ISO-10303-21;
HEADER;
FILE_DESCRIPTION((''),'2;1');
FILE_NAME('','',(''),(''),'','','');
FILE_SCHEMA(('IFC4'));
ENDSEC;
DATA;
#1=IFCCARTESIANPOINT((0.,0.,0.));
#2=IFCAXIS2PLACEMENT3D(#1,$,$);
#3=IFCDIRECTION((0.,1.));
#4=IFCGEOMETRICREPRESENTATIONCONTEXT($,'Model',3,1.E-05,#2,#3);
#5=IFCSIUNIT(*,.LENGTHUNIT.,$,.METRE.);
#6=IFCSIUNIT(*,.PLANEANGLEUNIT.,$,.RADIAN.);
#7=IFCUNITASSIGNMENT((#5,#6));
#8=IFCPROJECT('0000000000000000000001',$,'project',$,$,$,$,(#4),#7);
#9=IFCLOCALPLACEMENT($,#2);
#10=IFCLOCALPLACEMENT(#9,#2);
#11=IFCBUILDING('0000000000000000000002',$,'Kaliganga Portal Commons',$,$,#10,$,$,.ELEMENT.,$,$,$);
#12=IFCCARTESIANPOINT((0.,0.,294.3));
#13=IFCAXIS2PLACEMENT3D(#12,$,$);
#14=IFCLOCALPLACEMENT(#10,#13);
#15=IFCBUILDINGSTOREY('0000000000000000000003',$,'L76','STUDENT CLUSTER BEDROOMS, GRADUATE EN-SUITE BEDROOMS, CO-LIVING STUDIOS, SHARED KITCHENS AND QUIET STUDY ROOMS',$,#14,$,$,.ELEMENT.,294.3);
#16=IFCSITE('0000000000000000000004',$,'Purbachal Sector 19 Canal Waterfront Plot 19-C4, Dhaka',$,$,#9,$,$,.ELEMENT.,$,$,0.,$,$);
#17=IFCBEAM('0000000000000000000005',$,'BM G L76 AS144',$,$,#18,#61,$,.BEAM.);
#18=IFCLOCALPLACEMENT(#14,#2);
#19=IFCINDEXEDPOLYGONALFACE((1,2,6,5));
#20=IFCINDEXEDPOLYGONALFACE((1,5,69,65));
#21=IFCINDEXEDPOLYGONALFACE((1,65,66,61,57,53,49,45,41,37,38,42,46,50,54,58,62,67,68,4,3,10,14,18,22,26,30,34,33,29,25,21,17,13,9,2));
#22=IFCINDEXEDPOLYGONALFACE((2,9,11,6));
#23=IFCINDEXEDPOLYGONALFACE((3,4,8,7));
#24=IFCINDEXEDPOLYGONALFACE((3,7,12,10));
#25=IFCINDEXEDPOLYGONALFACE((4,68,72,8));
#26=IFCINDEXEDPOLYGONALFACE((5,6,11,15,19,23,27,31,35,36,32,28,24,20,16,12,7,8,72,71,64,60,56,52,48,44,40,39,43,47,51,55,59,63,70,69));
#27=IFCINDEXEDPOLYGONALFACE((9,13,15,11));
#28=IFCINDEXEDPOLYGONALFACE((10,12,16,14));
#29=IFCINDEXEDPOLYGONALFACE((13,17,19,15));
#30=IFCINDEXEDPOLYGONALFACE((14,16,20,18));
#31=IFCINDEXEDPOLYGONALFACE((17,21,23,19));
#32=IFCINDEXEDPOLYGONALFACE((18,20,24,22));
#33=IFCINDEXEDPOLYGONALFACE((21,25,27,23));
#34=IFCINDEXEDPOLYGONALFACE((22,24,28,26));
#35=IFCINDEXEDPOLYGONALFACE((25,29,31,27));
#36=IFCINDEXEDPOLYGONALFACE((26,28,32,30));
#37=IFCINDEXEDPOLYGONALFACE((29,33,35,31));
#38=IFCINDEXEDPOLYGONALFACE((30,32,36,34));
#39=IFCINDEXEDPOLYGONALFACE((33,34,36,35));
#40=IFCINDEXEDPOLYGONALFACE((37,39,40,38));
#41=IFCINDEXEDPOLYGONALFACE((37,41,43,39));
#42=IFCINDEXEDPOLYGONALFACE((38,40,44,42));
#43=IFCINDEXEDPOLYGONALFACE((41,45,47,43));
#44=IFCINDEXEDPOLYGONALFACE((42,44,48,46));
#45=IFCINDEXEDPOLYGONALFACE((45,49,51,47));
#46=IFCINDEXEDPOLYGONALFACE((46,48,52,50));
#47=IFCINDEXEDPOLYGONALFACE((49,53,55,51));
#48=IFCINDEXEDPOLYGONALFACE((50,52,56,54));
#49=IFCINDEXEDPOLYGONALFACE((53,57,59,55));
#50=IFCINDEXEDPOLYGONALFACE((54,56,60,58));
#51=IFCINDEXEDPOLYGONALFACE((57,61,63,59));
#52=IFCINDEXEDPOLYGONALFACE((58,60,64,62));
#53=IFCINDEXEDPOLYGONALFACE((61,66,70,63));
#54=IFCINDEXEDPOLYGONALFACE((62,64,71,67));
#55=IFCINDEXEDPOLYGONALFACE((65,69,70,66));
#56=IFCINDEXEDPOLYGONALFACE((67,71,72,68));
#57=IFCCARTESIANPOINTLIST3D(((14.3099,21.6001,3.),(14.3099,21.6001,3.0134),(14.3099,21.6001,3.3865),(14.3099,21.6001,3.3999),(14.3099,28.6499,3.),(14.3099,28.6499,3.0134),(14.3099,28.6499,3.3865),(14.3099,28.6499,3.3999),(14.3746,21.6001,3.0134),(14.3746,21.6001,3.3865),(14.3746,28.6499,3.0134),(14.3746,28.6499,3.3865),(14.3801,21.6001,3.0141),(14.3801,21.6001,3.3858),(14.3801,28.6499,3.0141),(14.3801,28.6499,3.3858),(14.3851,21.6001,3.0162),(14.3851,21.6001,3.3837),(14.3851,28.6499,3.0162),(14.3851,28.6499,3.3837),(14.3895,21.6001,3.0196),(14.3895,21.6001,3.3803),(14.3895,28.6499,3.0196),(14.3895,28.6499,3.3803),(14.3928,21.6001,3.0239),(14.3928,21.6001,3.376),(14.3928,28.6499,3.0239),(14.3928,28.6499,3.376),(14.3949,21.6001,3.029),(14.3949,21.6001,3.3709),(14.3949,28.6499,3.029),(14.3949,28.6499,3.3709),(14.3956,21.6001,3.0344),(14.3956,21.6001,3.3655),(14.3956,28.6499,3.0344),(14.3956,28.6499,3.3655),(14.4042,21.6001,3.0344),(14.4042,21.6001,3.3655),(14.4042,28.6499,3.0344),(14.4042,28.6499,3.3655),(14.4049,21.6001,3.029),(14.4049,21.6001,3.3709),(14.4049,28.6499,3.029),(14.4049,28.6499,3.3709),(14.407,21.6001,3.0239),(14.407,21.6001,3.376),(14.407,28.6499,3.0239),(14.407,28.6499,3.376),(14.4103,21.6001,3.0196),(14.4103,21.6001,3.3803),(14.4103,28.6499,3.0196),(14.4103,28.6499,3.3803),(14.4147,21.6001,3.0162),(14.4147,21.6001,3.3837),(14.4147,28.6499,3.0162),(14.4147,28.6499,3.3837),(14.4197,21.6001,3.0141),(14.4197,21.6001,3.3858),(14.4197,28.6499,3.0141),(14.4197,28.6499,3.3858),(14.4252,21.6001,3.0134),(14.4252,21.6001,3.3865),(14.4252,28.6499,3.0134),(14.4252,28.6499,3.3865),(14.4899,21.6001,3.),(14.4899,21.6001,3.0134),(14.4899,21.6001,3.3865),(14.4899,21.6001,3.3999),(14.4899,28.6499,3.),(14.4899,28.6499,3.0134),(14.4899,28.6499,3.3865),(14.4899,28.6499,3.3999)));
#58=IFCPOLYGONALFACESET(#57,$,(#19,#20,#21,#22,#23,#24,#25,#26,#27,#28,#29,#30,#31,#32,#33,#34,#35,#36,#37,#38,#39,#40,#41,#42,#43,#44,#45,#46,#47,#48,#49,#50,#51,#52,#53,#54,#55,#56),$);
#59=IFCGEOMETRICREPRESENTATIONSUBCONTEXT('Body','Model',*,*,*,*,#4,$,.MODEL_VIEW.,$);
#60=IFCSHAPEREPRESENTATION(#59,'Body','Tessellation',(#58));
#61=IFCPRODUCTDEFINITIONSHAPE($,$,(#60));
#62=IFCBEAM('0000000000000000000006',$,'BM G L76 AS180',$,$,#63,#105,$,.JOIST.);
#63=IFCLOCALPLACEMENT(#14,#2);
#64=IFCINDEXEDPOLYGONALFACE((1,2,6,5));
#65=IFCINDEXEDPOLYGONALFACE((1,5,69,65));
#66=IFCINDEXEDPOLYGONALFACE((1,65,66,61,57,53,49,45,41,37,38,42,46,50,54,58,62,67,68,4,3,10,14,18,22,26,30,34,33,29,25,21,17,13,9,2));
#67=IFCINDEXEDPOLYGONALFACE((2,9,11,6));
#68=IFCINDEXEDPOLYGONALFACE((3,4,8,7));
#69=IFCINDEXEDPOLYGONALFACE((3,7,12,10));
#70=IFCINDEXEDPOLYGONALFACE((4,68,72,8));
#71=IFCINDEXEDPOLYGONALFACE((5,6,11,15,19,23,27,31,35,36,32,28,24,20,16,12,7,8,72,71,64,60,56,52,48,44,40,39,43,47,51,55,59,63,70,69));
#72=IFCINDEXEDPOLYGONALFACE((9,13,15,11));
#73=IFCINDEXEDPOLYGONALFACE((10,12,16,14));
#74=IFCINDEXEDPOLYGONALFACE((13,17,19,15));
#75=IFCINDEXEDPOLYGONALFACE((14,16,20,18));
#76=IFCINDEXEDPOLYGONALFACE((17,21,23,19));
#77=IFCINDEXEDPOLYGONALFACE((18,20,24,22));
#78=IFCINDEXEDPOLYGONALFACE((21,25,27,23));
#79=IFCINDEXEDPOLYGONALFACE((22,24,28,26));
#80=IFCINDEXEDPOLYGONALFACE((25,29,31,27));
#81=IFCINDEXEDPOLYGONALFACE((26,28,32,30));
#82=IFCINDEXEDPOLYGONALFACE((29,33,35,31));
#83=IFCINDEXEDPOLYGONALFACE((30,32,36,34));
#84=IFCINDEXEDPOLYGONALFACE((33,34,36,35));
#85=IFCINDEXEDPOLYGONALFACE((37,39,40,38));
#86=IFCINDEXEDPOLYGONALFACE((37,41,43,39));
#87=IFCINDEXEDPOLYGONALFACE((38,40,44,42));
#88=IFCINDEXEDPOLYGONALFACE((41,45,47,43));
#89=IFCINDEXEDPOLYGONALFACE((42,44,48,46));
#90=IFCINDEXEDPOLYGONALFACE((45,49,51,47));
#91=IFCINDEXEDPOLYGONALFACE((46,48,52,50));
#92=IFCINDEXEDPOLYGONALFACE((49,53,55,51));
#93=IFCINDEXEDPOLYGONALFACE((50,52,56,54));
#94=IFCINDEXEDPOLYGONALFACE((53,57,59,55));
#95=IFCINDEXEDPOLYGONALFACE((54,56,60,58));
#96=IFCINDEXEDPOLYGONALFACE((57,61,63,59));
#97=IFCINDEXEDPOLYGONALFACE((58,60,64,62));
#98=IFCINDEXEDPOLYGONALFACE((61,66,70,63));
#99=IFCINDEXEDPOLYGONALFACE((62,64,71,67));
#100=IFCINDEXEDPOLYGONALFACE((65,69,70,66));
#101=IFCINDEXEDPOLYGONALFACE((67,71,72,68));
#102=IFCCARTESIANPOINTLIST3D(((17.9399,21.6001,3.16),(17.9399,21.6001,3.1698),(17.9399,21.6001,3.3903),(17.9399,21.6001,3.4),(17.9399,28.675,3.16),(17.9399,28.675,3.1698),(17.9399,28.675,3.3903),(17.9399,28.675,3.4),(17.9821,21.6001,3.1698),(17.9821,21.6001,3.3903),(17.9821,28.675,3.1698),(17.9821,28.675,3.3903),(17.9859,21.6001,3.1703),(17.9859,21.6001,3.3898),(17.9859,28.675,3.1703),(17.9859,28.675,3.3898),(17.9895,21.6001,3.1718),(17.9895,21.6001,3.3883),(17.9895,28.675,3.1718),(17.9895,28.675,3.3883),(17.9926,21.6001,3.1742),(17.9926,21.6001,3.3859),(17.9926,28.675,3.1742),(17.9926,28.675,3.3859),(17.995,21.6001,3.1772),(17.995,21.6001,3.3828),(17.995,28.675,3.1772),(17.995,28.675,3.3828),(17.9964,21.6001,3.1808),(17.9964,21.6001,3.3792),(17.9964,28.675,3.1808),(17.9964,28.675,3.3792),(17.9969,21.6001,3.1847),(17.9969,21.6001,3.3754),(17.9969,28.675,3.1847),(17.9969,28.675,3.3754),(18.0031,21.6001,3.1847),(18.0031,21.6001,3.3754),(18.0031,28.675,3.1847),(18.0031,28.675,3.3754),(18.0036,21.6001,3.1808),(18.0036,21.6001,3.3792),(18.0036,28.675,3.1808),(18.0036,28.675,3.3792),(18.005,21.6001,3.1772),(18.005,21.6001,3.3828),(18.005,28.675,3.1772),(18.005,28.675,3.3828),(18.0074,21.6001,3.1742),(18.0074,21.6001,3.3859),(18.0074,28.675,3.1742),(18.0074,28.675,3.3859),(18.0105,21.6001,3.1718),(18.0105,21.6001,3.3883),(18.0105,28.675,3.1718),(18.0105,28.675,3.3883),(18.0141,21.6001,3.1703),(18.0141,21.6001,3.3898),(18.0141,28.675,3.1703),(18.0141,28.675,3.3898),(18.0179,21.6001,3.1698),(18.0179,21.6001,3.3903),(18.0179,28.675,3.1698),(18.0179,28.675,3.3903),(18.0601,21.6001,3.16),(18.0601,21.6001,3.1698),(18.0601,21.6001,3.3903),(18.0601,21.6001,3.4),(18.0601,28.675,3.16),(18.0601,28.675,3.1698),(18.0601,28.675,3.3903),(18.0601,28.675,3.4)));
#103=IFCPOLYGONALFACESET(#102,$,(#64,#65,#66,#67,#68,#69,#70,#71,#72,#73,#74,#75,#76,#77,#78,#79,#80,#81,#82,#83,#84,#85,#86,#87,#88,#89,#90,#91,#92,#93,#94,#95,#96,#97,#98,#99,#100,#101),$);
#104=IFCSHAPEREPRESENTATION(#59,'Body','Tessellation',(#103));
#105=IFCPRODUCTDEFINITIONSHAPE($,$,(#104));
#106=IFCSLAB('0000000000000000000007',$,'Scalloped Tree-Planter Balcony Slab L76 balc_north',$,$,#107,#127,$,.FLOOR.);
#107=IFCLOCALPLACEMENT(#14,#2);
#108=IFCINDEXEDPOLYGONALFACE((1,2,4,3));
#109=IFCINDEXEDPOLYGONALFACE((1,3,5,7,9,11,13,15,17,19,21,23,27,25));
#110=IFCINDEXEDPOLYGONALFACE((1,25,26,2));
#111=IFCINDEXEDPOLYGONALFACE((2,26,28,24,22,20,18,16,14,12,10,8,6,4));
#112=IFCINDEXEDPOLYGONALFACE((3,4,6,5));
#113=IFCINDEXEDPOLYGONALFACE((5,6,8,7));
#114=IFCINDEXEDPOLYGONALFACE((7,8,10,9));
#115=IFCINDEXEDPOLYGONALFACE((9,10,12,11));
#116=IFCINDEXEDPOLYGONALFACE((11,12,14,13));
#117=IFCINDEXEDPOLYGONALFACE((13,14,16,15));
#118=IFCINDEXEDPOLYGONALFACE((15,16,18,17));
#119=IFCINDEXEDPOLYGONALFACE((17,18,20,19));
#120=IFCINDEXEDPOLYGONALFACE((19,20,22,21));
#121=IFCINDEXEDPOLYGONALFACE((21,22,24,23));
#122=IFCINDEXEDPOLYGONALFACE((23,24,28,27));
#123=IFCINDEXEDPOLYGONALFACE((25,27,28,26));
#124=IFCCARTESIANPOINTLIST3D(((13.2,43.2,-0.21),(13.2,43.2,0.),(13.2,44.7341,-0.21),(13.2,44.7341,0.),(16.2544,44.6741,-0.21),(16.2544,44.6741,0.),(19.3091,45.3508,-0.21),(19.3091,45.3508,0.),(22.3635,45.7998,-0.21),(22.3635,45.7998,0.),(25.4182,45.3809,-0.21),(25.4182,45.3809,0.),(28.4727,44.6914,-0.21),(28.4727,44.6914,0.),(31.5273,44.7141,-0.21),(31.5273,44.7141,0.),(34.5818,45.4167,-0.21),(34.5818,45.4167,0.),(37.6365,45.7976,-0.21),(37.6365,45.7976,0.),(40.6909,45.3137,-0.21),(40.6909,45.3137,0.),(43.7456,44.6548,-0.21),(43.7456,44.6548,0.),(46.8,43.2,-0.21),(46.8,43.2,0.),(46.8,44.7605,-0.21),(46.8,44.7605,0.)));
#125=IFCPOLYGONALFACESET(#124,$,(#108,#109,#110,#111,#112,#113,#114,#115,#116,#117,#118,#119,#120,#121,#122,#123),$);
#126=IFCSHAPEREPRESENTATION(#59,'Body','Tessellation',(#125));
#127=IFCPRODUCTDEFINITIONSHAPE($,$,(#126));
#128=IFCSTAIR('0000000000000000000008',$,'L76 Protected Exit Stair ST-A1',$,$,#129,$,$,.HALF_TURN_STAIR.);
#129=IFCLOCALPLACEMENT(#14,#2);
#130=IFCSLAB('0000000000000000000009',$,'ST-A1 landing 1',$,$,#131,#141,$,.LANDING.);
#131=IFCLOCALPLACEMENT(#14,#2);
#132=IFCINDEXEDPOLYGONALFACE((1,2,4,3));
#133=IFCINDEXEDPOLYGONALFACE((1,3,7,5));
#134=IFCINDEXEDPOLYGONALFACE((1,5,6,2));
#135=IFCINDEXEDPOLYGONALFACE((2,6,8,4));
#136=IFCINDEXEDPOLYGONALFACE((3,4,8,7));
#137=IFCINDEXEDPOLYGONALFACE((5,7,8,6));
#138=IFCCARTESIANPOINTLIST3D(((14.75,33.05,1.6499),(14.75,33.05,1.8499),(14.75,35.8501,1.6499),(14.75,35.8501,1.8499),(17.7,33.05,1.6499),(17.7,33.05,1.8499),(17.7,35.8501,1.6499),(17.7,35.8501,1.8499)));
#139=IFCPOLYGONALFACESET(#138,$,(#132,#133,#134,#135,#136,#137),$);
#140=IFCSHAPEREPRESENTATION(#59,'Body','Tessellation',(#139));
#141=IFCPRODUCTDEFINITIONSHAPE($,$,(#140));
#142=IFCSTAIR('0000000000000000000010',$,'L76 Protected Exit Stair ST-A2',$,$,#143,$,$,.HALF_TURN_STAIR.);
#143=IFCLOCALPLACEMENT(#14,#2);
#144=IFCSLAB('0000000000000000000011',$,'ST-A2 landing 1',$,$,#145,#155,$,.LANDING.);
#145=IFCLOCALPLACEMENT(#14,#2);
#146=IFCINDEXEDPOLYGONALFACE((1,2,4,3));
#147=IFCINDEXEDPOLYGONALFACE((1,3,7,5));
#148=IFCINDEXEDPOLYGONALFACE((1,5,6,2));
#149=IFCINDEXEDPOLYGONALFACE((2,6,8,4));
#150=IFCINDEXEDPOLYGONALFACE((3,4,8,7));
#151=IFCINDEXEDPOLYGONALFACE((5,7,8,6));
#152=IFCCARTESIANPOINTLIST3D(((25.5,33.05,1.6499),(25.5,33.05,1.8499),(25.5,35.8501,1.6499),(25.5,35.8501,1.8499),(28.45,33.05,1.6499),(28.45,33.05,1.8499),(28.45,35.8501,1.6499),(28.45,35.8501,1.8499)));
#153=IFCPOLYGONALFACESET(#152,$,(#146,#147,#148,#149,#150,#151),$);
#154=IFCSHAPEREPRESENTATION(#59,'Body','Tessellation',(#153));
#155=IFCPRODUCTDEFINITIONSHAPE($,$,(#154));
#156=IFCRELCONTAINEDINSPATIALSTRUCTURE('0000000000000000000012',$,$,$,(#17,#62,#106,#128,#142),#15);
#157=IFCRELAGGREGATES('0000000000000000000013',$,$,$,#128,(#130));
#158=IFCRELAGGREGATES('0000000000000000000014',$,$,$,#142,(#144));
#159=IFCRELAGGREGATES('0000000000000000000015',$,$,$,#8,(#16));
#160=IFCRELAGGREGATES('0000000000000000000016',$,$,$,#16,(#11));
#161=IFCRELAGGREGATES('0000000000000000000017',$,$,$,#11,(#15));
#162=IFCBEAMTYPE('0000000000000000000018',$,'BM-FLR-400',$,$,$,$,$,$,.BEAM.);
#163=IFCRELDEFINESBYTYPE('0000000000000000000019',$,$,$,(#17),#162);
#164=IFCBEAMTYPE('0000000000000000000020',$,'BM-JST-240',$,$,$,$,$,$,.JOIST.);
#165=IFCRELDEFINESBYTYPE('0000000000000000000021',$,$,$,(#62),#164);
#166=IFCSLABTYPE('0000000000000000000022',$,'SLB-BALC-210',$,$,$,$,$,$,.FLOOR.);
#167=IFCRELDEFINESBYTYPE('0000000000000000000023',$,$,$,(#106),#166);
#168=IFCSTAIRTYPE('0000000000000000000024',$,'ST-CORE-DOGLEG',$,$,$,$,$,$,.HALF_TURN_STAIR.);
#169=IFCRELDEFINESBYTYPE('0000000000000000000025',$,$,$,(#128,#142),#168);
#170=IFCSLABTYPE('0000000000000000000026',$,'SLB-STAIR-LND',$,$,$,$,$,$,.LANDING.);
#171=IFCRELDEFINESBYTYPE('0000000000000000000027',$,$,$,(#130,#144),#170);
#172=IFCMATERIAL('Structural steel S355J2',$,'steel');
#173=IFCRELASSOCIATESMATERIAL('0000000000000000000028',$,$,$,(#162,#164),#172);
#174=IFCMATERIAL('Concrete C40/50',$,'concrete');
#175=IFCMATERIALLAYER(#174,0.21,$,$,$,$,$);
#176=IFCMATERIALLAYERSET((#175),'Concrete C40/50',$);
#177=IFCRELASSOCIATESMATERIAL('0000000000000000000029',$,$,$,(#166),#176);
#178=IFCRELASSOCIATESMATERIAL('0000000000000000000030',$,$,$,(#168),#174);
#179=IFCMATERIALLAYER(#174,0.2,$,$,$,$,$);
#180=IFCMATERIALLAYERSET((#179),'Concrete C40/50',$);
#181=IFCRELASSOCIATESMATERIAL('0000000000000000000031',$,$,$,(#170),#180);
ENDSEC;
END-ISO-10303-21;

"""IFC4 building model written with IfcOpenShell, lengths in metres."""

from ifc_helpers import new_model, si_unit, direction, frame, origin, origin_2d, place, context, subcontext, project, spatial, polyline, i_section, outline, extrude, source, transform, mapped, material, layer, layer_set, material_profile, profile_set, type_object, element, aggregate, save


model = new_model("IFC4")

# Units and contexts
model_context = context("Model", 3, precision=1e-05, world=origin(), true_north=direction((0.0, 1.0)))
body_context = subcontext(model_context, "Body", "Model", "MODEL_VIEW")
ifc_project = project(units=[si_unit("LENGTHUNIT", "METRE"), si_unit("PLANEANGLEUNIT", "RADIAN")], contexts=[model_context])

# Site, building, storey
site_placement = place(None, origin())
site = spatial("IfcSite", under=ifc_project, at=site_placement, Name="Purbachal Sector 19 Canal Waterfront Plot 19-C4, Dhaka", CompositionType="ELEMENT", RefElevation=0.0)
building_placement = place(site_placement, origin())
building = spatial("IfcBuilding", under=site, at=building_placement, Name="Kaliganga Portal Commons", CompositionType="ELEMENT")
storey_placement = place(building_placement, frame((0.0, 0.0, 294.3)))
storey = spatial("IfcBuildingStorey", under=building, at=storey_placement, Name="L76", Description="STUDENT CLUSTER BEDROOMS, GRADUATE EN-SUITE BEDROOMS, CO-LIVING STUDIOS, SHARED KITCHENS AND QUIET STUDY ROOMS", CompositionType="ELEMENT", Elevation=294.3)

# Shared definitions
ifc_material_1 = material(Name="Structural steel S355J2", Category="steel")

# Beams
ifc_material_profile_1 = material_profile(ifc_material_1, i_section(OverallWidth=0.1799, OverallDepth=0.3999, WebThickness=0.0085, FlangeThickness=0.0134, FilletRadius=0.021, at=origin_2d()), Name="IPE 400")
ifc_profile_set_1 = profile_set([ifc_material_profile_1], Name="Structural steel S355J2 wide-flange")
beam_type_1 = type_object("IfcBeamType", Name="BM-FLR-400", PredefinedType="BEAM", material=ifc_profile_set_1)
shared_shape_1 = source(origin(), body_context, "Body", "SweptSolid", [
    extrude(i_section(OverallWidth=0.1799, OverallDepth=0.3999, WebThickness=0.0085, FlangeThickness=0.0134, FilletRadius=0.021, at=origin_2d()), origin(), (0.0, 0.0, 1.0), 7.0498),
])
beam_1_placement = place(storey_placement, frame((14.3999, 21.6001, 3.2), z_axis=(0.0, 1.0, 0.0), x_axis=(-1.0, 0.0, 0.0)))
element("IfcBeam", 1, at=beam_1_placement, inside=storey, type_object=beam_type_1, Name="BM G L76 AS144", PredefinedType="BEAM", context=body_context, shape_type="MappedRepresentation", body=[
    mapped(shared_shape_1, transform((0.0, 0.0, 0.0), x_axis=(1.0, 0.0, 0.0), y_axis=(0.0, 1.0, 0.0), z_axis=(0.0, 0.0, 1.0), scale=1.0)),
])
ifc_material_profile_2 = material_profile(ifc_material_1, i_section(OverallWidth=0.1201, OverallDepth=0.24, WebThickness=0.0061, FlangeThickness=0.0098, FilletRadius=0.0149, at=origin_2d()), Name="IPE 240")
ifc_profile_set_2 = profile_set([ifc_material_profile_2], Name="Structural steel S355J2 wide-flange")
beam_type_2 = type_object("IfcBeamType", Name="BM-JST-240", PredefinedType="JOIST", material=ifc_profile_set_2)
shared_shape_2 = source(origin(), body_context, "Body", "SweptSolid", [
    extrude(i_section(OverallWidth=0.1201, OverallDepth=0.24, WebThickness=0.0061, FlangeThickness=0.0098, FilletRadius=0.0149, at=origin_2d()), origin(), (0.0, 0.0, 1.0), 7.075),
])
beam_2_placement = place(storey_placement, frame((18.0, 21.6001, 3.28), z_axis=(0.0, 1.0, 0.0), x_axis=(-1.0, 0.0, 0.0)))
element("IfcBeam", 2, at=beam_2_placement, inside=storey, type_object=beam_type_2, Name="BM G L76 AS180", PredefinedType="JOIST", context=body_context, shape_type="MappedRepresentation", body=[
    mapped(shared_shape_2, transform((0.0, 0.0, 0.0), x_axis=(1.0, 0.0, 0.0), y_axis=(0.0, 1.0, 0.0), z_axis=(0.0, 0.0, 1.0), scale=1.0)),
])

# Slab
ifc_material_2 = material(Name="Concrete C40/50", Category="concrete")
ifc_layer_1 = layer(ifc_material_2, 0.21)
ifc_layer_set_1 = layer_set([ifc_layer_1], Name="Concrete C40/50")
slab_type_1 = type_object("IfcSlabType", Name="SLB-BALC-210", PredefinedType="FLOOR", material=ifc_layer_set_1)
slab_1_placement = place(storey_placement, frame((0.0, 0.0, -0.21)))
element("IfcSlab", 3, at=slab_1_placement, inside=storey, type_object=slab_type_1, Name="Scalloped Tree-Planter Balcony Slab L76 balc_north", PredefinedType="FLOOR", context=body_context, shape_type="SweptSolid", body=[
    extrude(outline(polyline([(46.8, 43.2), (46.8, 44.7605), (43.7456, 44.6548), (40.6909, 45.3137), (37.6365, 45.7976), (34.5818, 45.4167), (31.5273, 44.7141), (28.4727, 44.6914), (25.4182, 45.3809), (22.3635, 45.7998), (19.3091, 45.3508), (16.2544, 44.6741), (13.2, 44.7341), (13.2, 43.2), (46.8, 43.2)])), origin(), (0.0, 0.0, 1.0), 0.21),
])

# Stairs, slabs
stair_type = type_object("IfcStairType", Name="ST-CORE-DOGLEG", PredefinedType="HALF_TURN_STAIR", material=ifc_material_2)
stair_1_placement = place(storey_placement, origin())
stair_1 = element("IfcStair", 4, at=stair_1_placement, inside=storey, type_object=stair_type, Name="L76 Protected Exit Stair ST-A1", PredefinedType="HALF_TURN_STAIR")
ifc_layer_2 = layer(ifc_material_2, 0.2)
ifc_layer_set_2 = layer_set([ifc_layer_2], Name="Concrete C40/50")
slab_type_2 = type_object("IfcSlabType", Name="SLB-STAIR-LND", PredefinedType="LANDING", material=ifc_layer_set_2)
slab_2_placement = place(storey_placement, frame((0.0, 0.0, 1.6499)))
slab_2 = element("IfcSlab", 5, at=slab_2_placement, type_object=slab_type_2, Name="ST-A1 landing 1", PredefinedType="LANDING", context=body_context, shape_type="SweptSolid", body=[
    extrude(outline(polyline([(17.7, 33.05), (17.7, 35.8501), (14.75, 35.8501), (14.75, 33.05), (17.7, 33.05)])), origin(), (0.0, 0.0, 1.0), 0.2),
])
aggregate(stair_1, [slab_2])
stair_2_placement = place(storey_placement, origin())
stair_2 = element("IfcStair", 6, at=stair_2_placement, inside=storey, type_object=stair_type, Name="L76 Protected Exit Stair ST-A2", PredefinedType="HALF_TURN_STAIR")
slab_3_placement = place(storey_placement, frame((0.0, 0.0, 1.6499)))
slab_3 = element("IfcSlab", 7, at=slab_3_placement, type_object=slab_type_2, Name="ST-A2 landing 1", PredefinedType="LANDING", context=body_context, shape_type="SweptSolid", body=[
    extrude(outline(polyline([(28.45, 33.05), (28.45, 35.8501), (25.5, 35.8501), (25.5, 33.05), (28.45, 33.05)])), origin(), (0.0, 0.0, 1.0), 0.2),
])
aggregate(stair_2, [slab_3])

save(model, "model.ifc")
